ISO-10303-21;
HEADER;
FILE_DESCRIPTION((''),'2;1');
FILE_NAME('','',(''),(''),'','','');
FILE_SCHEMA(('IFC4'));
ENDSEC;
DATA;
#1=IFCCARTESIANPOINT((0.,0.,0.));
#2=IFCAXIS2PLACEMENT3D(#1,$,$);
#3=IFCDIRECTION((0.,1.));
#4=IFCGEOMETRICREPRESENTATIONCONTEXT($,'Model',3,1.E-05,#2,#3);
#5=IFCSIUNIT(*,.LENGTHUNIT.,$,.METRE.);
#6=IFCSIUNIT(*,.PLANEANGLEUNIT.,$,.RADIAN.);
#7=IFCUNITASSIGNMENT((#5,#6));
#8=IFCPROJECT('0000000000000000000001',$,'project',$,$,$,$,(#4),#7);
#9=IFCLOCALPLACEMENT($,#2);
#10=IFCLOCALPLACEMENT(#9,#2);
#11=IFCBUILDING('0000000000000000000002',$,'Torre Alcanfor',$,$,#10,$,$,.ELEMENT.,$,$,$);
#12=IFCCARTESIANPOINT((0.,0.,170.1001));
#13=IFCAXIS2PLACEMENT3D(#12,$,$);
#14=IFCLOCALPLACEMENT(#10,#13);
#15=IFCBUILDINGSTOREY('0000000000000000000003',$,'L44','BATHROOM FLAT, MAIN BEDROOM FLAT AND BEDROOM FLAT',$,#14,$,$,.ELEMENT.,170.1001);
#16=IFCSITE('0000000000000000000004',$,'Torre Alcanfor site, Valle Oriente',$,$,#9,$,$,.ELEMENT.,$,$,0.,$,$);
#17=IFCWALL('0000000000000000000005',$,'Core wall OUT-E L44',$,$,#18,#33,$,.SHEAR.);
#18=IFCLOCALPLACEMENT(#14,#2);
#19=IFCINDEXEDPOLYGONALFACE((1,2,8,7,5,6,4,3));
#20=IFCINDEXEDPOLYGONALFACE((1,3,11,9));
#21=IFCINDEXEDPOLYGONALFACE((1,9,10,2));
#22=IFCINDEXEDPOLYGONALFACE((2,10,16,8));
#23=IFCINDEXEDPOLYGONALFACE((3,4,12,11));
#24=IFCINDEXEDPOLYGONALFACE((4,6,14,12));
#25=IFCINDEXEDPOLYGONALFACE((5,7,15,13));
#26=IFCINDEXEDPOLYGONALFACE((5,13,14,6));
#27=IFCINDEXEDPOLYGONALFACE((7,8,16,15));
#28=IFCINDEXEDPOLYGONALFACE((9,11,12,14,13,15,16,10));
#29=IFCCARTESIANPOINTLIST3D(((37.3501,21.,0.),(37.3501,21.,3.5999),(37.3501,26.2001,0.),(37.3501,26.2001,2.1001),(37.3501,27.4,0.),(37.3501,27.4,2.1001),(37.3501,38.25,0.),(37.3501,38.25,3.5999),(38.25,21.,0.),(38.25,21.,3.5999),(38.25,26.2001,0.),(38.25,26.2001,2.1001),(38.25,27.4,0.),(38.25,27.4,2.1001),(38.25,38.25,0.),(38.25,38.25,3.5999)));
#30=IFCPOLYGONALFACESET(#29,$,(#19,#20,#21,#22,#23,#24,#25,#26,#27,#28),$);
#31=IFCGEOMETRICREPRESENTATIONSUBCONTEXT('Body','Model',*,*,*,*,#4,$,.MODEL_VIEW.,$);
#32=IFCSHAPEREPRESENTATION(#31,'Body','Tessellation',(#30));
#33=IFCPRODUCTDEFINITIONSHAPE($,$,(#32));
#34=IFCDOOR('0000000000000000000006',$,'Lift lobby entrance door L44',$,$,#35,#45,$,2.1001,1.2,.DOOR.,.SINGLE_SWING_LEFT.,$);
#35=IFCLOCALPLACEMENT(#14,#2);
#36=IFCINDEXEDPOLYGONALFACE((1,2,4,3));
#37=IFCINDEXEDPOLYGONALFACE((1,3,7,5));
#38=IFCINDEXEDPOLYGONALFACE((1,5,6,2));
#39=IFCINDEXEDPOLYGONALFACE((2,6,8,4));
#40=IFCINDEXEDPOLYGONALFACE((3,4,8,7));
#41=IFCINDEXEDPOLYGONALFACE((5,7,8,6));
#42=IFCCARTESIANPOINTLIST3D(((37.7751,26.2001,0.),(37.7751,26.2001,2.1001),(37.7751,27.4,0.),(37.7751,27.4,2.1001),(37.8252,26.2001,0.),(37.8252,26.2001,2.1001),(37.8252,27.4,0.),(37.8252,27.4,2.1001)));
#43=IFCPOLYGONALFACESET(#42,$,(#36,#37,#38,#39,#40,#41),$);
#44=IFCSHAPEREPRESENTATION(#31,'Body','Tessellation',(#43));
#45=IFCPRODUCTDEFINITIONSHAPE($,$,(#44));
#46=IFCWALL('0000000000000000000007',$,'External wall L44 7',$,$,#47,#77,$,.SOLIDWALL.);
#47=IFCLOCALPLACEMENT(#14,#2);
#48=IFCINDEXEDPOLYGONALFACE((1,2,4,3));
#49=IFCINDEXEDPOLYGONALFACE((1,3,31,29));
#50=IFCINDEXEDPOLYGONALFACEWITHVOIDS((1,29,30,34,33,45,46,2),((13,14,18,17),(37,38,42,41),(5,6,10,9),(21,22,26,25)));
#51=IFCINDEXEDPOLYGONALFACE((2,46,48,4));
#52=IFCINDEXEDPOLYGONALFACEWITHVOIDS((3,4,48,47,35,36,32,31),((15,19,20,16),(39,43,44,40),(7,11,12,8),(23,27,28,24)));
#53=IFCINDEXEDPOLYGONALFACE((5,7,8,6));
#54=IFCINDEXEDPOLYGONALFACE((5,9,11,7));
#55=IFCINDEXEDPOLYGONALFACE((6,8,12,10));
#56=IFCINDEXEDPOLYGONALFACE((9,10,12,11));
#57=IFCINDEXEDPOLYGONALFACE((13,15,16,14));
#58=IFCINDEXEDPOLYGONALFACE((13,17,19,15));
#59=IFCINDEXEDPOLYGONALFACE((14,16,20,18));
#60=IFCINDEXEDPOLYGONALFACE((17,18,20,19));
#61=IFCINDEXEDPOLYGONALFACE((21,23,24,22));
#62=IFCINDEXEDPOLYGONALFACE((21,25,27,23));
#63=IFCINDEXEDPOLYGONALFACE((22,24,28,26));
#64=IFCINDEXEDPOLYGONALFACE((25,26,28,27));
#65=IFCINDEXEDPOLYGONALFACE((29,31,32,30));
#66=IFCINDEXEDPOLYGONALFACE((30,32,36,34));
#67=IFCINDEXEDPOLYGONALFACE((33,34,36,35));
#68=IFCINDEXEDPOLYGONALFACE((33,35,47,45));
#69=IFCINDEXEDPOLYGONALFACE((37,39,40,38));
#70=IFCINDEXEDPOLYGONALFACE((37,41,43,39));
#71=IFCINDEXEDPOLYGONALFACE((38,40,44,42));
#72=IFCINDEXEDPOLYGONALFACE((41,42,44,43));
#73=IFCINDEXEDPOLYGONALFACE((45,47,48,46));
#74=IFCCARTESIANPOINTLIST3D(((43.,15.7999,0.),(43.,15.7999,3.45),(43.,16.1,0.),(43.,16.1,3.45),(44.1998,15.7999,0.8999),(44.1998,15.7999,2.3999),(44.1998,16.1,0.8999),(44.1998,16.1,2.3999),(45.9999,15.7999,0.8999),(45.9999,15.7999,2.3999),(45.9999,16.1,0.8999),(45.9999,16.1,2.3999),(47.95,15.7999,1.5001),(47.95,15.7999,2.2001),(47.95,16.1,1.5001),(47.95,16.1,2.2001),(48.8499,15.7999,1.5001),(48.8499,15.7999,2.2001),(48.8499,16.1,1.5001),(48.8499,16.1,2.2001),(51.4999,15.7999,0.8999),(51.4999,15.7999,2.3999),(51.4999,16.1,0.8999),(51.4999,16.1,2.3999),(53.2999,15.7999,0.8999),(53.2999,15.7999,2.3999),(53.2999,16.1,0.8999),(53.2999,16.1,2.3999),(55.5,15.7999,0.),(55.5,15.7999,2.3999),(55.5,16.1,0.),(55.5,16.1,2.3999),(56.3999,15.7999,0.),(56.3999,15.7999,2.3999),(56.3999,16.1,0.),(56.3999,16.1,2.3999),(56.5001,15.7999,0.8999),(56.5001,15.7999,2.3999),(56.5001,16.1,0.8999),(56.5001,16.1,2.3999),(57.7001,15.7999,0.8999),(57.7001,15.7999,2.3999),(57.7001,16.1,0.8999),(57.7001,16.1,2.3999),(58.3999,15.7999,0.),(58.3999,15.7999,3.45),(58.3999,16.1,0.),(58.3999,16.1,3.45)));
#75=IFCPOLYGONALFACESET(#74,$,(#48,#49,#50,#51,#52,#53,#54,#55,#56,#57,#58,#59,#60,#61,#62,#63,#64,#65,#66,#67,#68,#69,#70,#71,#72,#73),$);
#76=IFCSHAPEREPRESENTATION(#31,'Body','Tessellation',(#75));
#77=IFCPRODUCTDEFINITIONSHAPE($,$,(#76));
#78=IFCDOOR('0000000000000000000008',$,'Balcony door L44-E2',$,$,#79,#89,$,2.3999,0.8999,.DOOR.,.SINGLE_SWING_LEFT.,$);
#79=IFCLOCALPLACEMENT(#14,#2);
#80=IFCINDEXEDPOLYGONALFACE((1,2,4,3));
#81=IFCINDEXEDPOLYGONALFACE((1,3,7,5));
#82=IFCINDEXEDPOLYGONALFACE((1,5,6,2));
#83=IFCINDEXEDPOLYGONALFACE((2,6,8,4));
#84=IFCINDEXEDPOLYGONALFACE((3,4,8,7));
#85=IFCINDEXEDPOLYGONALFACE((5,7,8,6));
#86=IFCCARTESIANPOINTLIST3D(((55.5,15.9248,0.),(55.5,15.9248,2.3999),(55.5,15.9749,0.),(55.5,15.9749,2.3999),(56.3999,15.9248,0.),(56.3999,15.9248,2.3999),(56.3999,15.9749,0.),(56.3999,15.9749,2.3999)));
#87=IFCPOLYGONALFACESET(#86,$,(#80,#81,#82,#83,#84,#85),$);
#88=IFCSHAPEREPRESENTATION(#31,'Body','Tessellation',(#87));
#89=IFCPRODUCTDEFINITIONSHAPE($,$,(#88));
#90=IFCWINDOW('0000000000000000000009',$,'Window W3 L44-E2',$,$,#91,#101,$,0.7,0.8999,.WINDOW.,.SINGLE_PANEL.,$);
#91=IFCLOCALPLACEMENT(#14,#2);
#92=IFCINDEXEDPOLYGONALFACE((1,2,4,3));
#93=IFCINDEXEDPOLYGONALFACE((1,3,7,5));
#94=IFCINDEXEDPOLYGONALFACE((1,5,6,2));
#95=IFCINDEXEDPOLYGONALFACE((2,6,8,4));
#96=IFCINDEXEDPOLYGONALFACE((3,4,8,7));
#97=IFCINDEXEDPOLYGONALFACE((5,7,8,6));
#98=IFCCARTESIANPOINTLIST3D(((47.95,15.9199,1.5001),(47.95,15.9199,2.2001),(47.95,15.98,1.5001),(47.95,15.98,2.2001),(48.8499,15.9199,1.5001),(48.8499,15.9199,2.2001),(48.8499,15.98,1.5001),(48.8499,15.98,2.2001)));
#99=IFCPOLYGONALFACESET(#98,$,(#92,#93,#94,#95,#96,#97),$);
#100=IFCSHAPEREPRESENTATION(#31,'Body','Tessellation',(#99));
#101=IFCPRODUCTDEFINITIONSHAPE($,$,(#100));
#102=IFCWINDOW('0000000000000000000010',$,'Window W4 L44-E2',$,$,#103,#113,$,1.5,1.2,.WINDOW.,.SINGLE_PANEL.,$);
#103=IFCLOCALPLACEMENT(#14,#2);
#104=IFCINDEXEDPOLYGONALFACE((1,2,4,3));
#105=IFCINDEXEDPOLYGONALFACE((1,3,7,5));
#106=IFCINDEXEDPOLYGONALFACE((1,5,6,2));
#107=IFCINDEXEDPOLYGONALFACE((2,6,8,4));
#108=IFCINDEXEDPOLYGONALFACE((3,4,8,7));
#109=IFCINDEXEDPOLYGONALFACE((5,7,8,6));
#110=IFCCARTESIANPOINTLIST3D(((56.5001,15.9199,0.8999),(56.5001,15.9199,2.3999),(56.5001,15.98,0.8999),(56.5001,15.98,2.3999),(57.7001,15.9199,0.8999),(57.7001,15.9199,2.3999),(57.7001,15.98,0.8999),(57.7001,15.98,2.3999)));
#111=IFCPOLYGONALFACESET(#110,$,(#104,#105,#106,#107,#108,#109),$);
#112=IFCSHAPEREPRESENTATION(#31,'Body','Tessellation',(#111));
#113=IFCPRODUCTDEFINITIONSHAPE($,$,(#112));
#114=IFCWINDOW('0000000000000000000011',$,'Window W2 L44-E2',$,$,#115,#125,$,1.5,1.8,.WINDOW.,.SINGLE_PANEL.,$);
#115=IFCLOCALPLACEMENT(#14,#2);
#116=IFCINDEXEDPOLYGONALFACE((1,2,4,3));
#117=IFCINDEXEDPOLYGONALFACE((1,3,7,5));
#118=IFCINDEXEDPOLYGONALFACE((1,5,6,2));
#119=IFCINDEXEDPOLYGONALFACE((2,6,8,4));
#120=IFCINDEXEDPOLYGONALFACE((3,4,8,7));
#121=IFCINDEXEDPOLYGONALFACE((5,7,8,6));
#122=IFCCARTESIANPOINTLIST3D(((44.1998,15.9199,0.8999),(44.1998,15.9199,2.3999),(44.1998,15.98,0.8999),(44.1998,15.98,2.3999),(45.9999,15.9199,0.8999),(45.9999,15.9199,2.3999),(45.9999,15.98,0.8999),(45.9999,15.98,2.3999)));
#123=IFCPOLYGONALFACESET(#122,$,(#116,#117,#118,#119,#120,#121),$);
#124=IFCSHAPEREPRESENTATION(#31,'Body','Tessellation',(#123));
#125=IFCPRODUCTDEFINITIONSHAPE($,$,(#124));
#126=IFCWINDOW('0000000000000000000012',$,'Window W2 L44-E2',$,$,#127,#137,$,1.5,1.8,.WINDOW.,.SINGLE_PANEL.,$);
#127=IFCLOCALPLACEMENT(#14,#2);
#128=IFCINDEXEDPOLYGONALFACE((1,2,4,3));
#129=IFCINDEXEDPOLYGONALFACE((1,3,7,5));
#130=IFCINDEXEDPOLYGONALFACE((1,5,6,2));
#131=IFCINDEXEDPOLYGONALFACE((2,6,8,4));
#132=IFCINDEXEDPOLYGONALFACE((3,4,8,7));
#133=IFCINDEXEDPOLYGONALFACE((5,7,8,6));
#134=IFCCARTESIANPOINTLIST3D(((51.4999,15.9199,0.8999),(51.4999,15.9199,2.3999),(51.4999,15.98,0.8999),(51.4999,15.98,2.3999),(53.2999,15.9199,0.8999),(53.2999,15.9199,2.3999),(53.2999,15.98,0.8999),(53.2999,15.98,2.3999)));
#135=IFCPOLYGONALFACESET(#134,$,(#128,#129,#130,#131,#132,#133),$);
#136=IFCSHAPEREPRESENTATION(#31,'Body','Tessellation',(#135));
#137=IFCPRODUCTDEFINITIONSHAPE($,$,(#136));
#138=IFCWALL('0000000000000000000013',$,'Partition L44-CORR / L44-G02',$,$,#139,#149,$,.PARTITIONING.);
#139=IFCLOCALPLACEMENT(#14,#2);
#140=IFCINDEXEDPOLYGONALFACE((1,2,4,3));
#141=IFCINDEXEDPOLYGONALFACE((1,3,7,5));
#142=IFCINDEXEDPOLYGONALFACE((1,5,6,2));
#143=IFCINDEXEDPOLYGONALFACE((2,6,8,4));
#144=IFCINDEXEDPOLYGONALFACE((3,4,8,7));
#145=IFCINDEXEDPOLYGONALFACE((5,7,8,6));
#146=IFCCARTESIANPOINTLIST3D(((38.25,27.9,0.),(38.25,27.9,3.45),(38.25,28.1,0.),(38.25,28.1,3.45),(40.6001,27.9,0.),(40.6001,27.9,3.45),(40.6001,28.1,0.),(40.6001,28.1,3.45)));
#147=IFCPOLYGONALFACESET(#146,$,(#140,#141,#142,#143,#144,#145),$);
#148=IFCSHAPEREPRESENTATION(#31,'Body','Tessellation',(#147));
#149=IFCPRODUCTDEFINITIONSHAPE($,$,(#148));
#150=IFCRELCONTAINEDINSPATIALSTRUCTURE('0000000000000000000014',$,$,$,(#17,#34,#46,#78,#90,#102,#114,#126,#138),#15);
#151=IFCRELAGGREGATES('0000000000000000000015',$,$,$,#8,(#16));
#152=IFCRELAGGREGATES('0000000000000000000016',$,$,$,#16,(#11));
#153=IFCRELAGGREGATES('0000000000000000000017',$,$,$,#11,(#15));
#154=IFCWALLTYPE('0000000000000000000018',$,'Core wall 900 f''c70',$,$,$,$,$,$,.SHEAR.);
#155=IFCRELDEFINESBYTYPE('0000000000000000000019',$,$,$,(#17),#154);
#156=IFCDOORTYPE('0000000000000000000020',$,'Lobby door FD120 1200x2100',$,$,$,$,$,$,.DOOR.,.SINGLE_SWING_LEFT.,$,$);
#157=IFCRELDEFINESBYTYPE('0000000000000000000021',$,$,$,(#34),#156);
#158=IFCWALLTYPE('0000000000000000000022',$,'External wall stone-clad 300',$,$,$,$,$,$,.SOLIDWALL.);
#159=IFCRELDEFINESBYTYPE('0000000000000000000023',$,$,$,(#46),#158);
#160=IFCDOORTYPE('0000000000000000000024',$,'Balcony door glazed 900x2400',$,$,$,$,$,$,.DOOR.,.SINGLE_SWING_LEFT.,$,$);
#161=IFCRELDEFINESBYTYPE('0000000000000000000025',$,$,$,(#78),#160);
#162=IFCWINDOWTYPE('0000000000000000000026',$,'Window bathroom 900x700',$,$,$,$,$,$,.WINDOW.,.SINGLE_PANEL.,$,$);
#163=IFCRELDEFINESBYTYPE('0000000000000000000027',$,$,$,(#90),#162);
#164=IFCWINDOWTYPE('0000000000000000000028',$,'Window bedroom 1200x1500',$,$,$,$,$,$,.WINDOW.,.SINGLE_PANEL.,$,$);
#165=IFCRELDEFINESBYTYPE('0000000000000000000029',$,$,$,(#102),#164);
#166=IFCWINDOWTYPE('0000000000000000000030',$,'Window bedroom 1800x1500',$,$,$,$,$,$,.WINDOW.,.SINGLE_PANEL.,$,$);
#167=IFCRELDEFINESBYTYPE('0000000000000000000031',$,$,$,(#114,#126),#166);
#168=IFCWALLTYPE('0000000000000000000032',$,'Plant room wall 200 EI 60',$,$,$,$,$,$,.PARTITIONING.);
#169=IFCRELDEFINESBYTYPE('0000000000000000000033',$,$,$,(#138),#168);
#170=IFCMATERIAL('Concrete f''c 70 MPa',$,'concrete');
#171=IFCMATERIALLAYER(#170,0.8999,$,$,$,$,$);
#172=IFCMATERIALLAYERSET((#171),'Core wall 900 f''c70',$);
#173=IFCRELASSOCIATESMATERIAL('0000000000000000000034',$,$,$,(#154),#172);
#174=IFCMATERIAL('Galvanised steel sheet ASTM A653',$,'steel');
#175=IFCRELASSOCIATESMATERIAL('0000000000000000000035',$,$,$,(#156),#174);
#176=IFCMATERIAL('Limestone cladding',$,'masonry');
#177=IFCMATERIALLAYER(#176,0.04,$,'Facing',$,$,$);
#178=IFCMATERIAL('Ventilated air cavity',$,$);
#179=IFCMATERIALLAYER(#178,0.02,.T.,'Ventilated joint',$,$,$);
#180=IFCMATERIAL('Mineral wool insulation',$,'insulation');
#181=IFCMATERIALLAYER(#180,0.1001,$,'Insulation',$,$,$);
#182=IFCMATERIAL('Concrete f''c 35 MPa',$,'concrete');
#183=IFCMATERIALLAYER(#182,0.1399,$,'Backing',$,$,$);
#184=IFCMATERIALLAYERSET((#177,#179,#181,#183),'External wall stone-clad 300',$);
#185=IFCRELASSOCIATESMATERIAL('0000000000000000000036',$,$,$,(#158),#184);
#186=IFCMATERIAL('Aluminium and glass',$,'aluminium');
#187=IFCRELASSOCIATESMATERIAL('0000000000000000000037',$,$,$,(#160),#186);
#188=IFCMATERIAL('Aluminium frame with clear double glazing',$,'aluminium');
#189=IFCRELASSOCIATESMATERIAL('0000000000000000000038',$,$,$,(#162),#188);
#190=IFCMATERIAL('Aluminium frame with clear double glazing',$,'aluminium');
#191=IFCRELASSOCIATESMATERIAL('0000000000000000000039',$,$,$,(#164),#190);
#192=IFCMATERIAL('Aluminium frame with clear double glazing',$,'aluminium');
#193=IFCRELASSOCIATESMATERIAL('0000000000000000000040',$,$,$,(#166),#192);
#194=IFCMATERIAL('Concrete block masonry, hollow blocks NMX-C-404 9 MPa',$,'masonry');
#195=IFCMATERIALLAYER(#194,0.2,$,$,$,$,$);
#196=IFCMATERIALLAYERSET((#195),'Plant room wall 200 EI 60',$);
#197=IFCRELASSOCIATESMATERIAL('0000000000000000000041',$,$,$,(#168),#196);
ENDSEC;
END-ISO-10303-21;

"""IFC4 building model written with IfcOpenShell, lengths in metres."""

from ifc_helpers import new_model, si_unit, direction, frame, frame_2d, origin, place, context, subcontext, project, spatial, rectangle, extrude, material, layer, layer_set, type_object, element, fill, save


model = new_model("IFC4")

# Units and contexts
model_context = context("Model", 3, precision=1e-05, world=origin(), true_north=direction((0.0, 1.0)))
body_context = subcontext(model_context, "Body", "Model", "MODEL_VIEW")
ifc_project = project(units=[si_unit("LENGTHUNIT", "METRE"), si_unit("PLANEANGLEUNIT", "RADIAN")], contexts=[model_context])

# Site, building, storey
site_placement = place(None, origin())
site = spatial("IfcSite", under=ifc_project, at=site_placement, Name="Torre Alcanfor site, Valle Oriente", CompositionType="ELEMENT", RefElevation=0.0)
building_placement = place(site_placement, origin())
building = spatial("IfcBuilding", under=site, at=building_placement, Name="Torre Alcanfor", CompositionType="ELEMENT")
storey_placement = place(building_placement, frame((0.0, 0.0, 170.1001)))
storey = spatial("IfcBuildingStorey", under=building, at=storey_placement, Name="L44", Description="BATHROOM FLAT, MAIN BEDROOM FLAT AND BEDROOM FLAT", CompositionType="ELEMENT", Elevation=170.1001)

# Wall, opening, door
ifc_material_1 = material(Name="Concrete f'c 70 MPa", Category="concrete")
ifc_layer_1 = layer(ifc_material_1, 0.8999)
ifc_layer_set_1 = layer_set([ifc_layer_1], Name="Core wall 900 f'c70")
wall_type_1 = type_object("IfcWallType", Name="Core wall 900 f'c70", PredefinedType="SHEAR", material=ifc_layer_set_1)
wall_1_placement = place(storey_placement, frame((37.8, 21.0, 0.0), z_axis=(0.0, 0.0, 1.0), x_axis=(0.0, 1.0, 0.0)))
wall_1 = element("IfcWall", 1, at=wall_1_placement, inside=storey, type_object=wall_type_1, Name="Core wall OUT-E L44", PredefinedType="SHEAR", context=body_context, shape_type="SweptSolid", body=[
    extrude(rectangle(XDim=17.25, YDim=0.8999, at=frame_2d((8.625, 0.0))), origin(), (0.0, 0.0, 1.0), 3.5999),
])
opening_1_placement = place(wall_1_placement, frame((5.2, 0.0, 0.0)))
opening_1 = element("IfcOpeningElement", 2, at=opening_1_placement, cuts=wall_1, PredefinedType="OPENING", context=body_context, shape_type="SweptSolid", body=[
    extrude(rectangle(XDim=1.2, YDim=2.1001, at=frame_2d((0.6001, 1.05))), frame((0.0, 0.46, 0.0), z_axis=(0.0, -1.0, 0.0), x_axis=(1.0, 0.0, 0.0)), (0.0, 0.0, 1.0), 0.9199),
])
ifc_material_2 = material(Name="Galvanised steel sheet ASTM A653", Category="steel")
door_type_1 = type_object("IfcDoorType", Name="Lobby door FD120 1200x2100", OperationType="SINGLE_SWING_LEFT", PredefinedType="DOOR", material=ifc_material_2)
door_1_placement = place(opening_1_placement, origin())
door_1 = element("IfcDoor", 3, at=door_1_placement, inside=storey, type_object=door_type_1, Name="Lift lobby entrance door L44", OperationType="SINGLE_SWING_LEFT", OverallHeight=2.1001, OverallWidth=1.2, PredefinedType="DOOR", context=body_context, shape_type="SweptSolid", body=[
    extrude(rectangle(XDim=1.2, YDim=2.1001, at=frame_2d((0.6001, 1.05))), frame((0.0, 0.0249, 0.0), z_axis=(0.0, -1.0, 0.0), x_axis=(1.0, 0.0, 0.0)), (0.0, 0.0, 1.0), 0.05),
])
fill(opening_1, door_1)

# Wall, openings, door, windows
ifc_material_3 = material(Name="Limestone cladding", Category="masonry")
ifc_layer_2 = layer(ifc_material_3, 0.04, Name="Facing")
ifc_material_4 = material(Name="Ventilated air cavity")
ifc_layer_3 = layer(ifc_material_4, 0.02, ventilated=True, Name="Ventilated joint")
ifc_material_5 = material(Name="Mineral wool insulation", Category="insulation")
ifc_layer_4 = layer(ifc_material_5, 0.1001, Name="Insulation")
ifc_material_6 = material(Name="Concrete f'c 35 MPa", Category="concrete")
ifc_layer_5 = layer(ifc_material_6, 0.1399, Name="Backing")
ifc_layer_set_2 = layer_set([ifc_layer_2, ifc_layer_3, ifc_layer_4, ifc_layer_5], Name="External wall stone-clad 300")
wall_type_2 = type_object("IfcWallType", Name="External wall stone-clad 300", PredefinedType="SOLIDWALL", material=ifc_layer_set_2)
wall_2_placement = place(storey_placement, frame((43.0, 15.95, 0.0), z_axis=(0.0, 0.0, 1.0), x_axis=(1.0, 0.0, 0.0)))
wall_2 = element("IfcWall", 4, at=wall_2_placement, inside=storey, type_object=wall_type_2, Name="External wall L44 7", PredefinedType="SOLIDWALL", context=body_context, shape_type="SweptSolid", body=[
    extrude(rectangle(XDim=15.3999, YDim=0.3, at=frame_2d((7.7, 0.0))), origin(), (0.0, 0.0, 1.0), 3.45),
])
opening_2_placement = place(wall_2_placement, frame((1.2, 0.0, 0.8999)))
opening_2 = element("IfcOpeningElement", 5, at=opening_2_placement, cuts=wall_2, PredefinedType="OPENING", context=body_context, shape_type="SweptSolid", body=[
    extrude(rectangle(XDim=1.8, YDim=1.5, at=frame_2d((0.8999, 0.75))), frame((0.0, 0.1599, 0.0), z_axis=(0.0, -1.0, 0.0), x_axis=(1.0, 0.0, 0.0)), (0.0, 0.0, 1.0), 0.3201),
])
opening_3_placement = place(wall_2_placement, frame((4.95, 0.0, 1.5)))
opening_3 = element("IfcOpeningElement", 6, at=opening_3_placement, cuts=wall_2, PredefinedType="OPENING", context=body_context, shape_type="SweptSolid", body=[
    extrude(rectangle(XDim=0.8999, YDim=0.7, at=frame_2d((0.45, 0.3501))), frame((0.0, 0.1599, 0.0), z_axis=(0.0, -1.0, 0.0), x_axis=(1.0, 0.0, 0.0)), (0.0, 0.0, 1.0), 0.3201),
])
opening_4_placement = place(wall_2_placement, frame((8.5, 0.0, 0.8999)))
opening_4 = element("IfcOpeningElement", 7, at=opening_4_placement, cuts=wall_2, PredefinedType="OPENING", context=body_context, shape_type="SweptSolid", body=[
    extrude(rectangle(XDim=1.8, YDim=1.5, at=frame_2d((0.8999, 0.75))), frame((0.0, 0.1599, 0.0), z_axis=(0.0, -1.0, 0.0), x_axis=(1.0, 0.0, 0.0)), (0.0, 0.0, 1.0), 0.3201),
])
opening_5_placement = place(wall_2_placement, frame((12.5, 0.0, 0.0)))
opening_5 = element("IfcOpeningElement", 8, at=opening_5_placement, cuts=wall_2, PredefinedType="OPENING", context=body_context, shape_type="SweptSolid", body=[
    extrude(rectangle(XDim=0.8999, YDim=2.3999, at=frame_2d((0.45, 1.2))), frame((0.0, 0.1599, 0.0), z_axis=(0.0, -1.0, 0.0), x_axis=(1.0, 0.0, 0.0)), (0.0, 0.0, 1.0), 0.3201),
])
opening_6_placement = place(wall_2_placement, frame((13.5, 0.0, 0.8999)))
opening_6 = element("IfcOpeningElement", 9, at=opening_6_placement, cuts=wall_2, PredefinedType="OPENING", context=body_context, shape_type="SweptSolid", body=[
    extrude(rectangle(XDim=1.2, YDim=1.5, at=frame_2d((0.6001, 0.75))), frame((0.0, 0.1599, 0.0), z_axis=(0.0, -1.0, 0.0), x_axis=(1.0, 0.0, 0.0)), (0.0, 0.0, 1.0), 0.3201),
])
ifc_material_7 = material(Name="Aluminium and glass", Category="aluminium")
door_type_2 = type_object("IfcDoorType", Name="Balcony door glazed 900x2400", OperationType="SINGLE_SWING_LEFT", PredefinedType="DOOR", material=ifc_material_7)
door_2_placement = place(opening_5_placement, origin())
door_2 = element("IfcDoor", 10, at=door_2_placement, inside=storey, type_object=door_type_2, Name="Balcony door L44-E2", OperationType="SINGLE_SWING_LEFT", OverallHeight=2.3999, OverallWidth=0.8999, PredefinedType="DOOR", context=body_context, shape_type="SweptSolid", body=[
    extrude(rectangle(XDim=0.8999, YDim=2.3999, at=frame_2d((0.45, 1.2))), frame((0.0, 0.0249, 0.0), z_axis=(0.0, -1.0, 0.0), x_axis=(1.0, 0.0, 0.0)), (0.0, 0.0, 1.0), 0.05),
])
fill(opening_5, door_2)
ifc_material_8 = material(Name="Aluminium frame with clear double glazing", Category="aluminium")
window_type_1 = type_object("IfcWindowType", Name="Window bathroom 900x700", PartitioningType="SINGLE_PANEL", PredefinedType="WINDOW", material=ifc_material_8)
window_1_placement = place(opening_3_placement, origin())
window_1 = element("IfcWindow", 11, at=window_1_placement, inside=storey, type_object=window_type_1, Name="Window W3 L44-E2", OverallHeight=0.7, OverallWidth=0.8999, PartitioningType="SINGLE_PANEL", PredefinedType="WINDOW", context=body_context, shape_type="SweptSolid", body=[
    extrude(rectangle(XDim=0.8999, YDim=0.7, at=frame_2d((0.45, 0.3501))), frame((0.0, 0.03, 0.0), z_axis=(0.0, -1.0, 0.0), x_axis=(1.0, 0.0, 0.0)), (0.0, 0.0, 1.0), 0.0601),
])
fill(opening_3, window_1)
ifc_material_9 = material(Name="Aluminium frame with clear double glazing", Category="aluminium")
window_type_2 = type_object("IfcWindowType", Name="Window bedroom 1200x1500", PartitioningType="SINGLE_PANEL", PredefinedType="WINDOW", material=ifc_material_9)
window_2_placement = place(opening_6_placement, origin())
window_2 = element("IfcWindow", 12, at=window_2_placement, inside=storey, type_object=window_type_2, Name="Window W4 L44-E2", OverallHeight=1.5, OverallWidth=1.2, PartitioningType="SINGLE_PANEL", PredefinedType="WINDOW", context=body_context, shape_type="SweptSolid", body=[
    extrude(rectangle(XDim=1.2, YDim=1.5, at=frame_2d((0.6001, 0.75))), frame((0.0, 0.03, 0.0), z_axis=(0.0, -1.0, 0.0), x_axis=(1.0, 0.0, 0.0)), (0.0, 0.0, 1.0), 0.0601),
])
fill(opening_6, window_2)
ifc_material_10 = material(Name="Aluminium frame with clear double glazing", Category="aluminium")
window_type_3 = type_object("IfcWindowType", Name="Window bedroom 1800x1500", PartitioningType="SINGLE_PANEL", PredefinedType="WINDOW", material=ifc_material_10)
window_3_placement = place(opening_2_placement, origin())
window_3 = element("IfcWindow", 13, at=window_3_placement, inside=storey, type_object=window_type_3, Name="Window W2 L44-E2", OverallHeight=1.5, OverallWidth=1.8, PartitioningType="SINGLE_PANEL", PredefinedType="WINDOW", context=body_context, shape_type="SweptSolid", body=[
    extrude(rectangle(XDim=1.8, YDim=1.5, at=frame_2d((0.8999, 0.75))), frame((0.0, 0.03, 0.0), z_axis=(0.0, -1.0, 0.0), x_axis=(1.0, 0.0, 0.0)), (0.0, 0.0, 1.0), 0.0601),
])
fill(opening_2, window_3)
window_4_placement = place(opening_4_placement, origin())
window_4 = element("IfcWindow", 14, at=window_4_placement, inside=storey, type_object=window_type_3, Name="Window W2 L44-E2", OverallHeight=1.5, OverallWidth=1.8, PartitioningType="SINGLE_PANEL", PredefinedType="WINDOW", context=body_context, shape_type="SweptSolid", body=[
    extrude(rectangle(XDim=1.8, YDim=1.5, at=frame_2d((0.8999, 0.75))), frame((0.0, 0.03, 0.0), z_axis=(0.0, -1.0, 0.0), x_axis=(1.0, 0.0, 0.0)), (0.0, 0.0, 1.0), 0.0601),
])
fill(opening_4, window_4)

# Wall
ifc_material_11 = material(Name="Concrete block masonry, hollow blocks NMX-C-404 9 MPa", Category="masonry")
ifc_layer_6 = layer(ifc_material_11, 0.2)
ifc_layer_set_3 = layer_set([ifc_layer_6], Name="Plant room wall 200 EI 60")
wall_type_3 = type_object("IfcWallType", Name="Plant room wall 200 EI 60", PredefinedType="PARTITIONING", material=ifc_layer_set_3)
wall_3_placement = place(storey_placement, frame((38.25, 28.0, 0.0), z_axis=(0.0, 0.0, 1.0), x_axis=(1.0, 0.0, 0.0)))
element("IfcWall", 15, at=wall_3_placement, inside=storey, type_object=wall_type_3, Name="Partition L44-CORR / L44-G02", PredefinedType="PARTITIONING", context=body_context, shape_type="SweptSolid", body=[
    extrude(rectangle(XDim=2.3501, YDim=0.2, at=frame_2d((1.175, 0.0))), origin(), (0.0, 0.0, 1.0), 3.45),
])

save(model, "model.ifc")
